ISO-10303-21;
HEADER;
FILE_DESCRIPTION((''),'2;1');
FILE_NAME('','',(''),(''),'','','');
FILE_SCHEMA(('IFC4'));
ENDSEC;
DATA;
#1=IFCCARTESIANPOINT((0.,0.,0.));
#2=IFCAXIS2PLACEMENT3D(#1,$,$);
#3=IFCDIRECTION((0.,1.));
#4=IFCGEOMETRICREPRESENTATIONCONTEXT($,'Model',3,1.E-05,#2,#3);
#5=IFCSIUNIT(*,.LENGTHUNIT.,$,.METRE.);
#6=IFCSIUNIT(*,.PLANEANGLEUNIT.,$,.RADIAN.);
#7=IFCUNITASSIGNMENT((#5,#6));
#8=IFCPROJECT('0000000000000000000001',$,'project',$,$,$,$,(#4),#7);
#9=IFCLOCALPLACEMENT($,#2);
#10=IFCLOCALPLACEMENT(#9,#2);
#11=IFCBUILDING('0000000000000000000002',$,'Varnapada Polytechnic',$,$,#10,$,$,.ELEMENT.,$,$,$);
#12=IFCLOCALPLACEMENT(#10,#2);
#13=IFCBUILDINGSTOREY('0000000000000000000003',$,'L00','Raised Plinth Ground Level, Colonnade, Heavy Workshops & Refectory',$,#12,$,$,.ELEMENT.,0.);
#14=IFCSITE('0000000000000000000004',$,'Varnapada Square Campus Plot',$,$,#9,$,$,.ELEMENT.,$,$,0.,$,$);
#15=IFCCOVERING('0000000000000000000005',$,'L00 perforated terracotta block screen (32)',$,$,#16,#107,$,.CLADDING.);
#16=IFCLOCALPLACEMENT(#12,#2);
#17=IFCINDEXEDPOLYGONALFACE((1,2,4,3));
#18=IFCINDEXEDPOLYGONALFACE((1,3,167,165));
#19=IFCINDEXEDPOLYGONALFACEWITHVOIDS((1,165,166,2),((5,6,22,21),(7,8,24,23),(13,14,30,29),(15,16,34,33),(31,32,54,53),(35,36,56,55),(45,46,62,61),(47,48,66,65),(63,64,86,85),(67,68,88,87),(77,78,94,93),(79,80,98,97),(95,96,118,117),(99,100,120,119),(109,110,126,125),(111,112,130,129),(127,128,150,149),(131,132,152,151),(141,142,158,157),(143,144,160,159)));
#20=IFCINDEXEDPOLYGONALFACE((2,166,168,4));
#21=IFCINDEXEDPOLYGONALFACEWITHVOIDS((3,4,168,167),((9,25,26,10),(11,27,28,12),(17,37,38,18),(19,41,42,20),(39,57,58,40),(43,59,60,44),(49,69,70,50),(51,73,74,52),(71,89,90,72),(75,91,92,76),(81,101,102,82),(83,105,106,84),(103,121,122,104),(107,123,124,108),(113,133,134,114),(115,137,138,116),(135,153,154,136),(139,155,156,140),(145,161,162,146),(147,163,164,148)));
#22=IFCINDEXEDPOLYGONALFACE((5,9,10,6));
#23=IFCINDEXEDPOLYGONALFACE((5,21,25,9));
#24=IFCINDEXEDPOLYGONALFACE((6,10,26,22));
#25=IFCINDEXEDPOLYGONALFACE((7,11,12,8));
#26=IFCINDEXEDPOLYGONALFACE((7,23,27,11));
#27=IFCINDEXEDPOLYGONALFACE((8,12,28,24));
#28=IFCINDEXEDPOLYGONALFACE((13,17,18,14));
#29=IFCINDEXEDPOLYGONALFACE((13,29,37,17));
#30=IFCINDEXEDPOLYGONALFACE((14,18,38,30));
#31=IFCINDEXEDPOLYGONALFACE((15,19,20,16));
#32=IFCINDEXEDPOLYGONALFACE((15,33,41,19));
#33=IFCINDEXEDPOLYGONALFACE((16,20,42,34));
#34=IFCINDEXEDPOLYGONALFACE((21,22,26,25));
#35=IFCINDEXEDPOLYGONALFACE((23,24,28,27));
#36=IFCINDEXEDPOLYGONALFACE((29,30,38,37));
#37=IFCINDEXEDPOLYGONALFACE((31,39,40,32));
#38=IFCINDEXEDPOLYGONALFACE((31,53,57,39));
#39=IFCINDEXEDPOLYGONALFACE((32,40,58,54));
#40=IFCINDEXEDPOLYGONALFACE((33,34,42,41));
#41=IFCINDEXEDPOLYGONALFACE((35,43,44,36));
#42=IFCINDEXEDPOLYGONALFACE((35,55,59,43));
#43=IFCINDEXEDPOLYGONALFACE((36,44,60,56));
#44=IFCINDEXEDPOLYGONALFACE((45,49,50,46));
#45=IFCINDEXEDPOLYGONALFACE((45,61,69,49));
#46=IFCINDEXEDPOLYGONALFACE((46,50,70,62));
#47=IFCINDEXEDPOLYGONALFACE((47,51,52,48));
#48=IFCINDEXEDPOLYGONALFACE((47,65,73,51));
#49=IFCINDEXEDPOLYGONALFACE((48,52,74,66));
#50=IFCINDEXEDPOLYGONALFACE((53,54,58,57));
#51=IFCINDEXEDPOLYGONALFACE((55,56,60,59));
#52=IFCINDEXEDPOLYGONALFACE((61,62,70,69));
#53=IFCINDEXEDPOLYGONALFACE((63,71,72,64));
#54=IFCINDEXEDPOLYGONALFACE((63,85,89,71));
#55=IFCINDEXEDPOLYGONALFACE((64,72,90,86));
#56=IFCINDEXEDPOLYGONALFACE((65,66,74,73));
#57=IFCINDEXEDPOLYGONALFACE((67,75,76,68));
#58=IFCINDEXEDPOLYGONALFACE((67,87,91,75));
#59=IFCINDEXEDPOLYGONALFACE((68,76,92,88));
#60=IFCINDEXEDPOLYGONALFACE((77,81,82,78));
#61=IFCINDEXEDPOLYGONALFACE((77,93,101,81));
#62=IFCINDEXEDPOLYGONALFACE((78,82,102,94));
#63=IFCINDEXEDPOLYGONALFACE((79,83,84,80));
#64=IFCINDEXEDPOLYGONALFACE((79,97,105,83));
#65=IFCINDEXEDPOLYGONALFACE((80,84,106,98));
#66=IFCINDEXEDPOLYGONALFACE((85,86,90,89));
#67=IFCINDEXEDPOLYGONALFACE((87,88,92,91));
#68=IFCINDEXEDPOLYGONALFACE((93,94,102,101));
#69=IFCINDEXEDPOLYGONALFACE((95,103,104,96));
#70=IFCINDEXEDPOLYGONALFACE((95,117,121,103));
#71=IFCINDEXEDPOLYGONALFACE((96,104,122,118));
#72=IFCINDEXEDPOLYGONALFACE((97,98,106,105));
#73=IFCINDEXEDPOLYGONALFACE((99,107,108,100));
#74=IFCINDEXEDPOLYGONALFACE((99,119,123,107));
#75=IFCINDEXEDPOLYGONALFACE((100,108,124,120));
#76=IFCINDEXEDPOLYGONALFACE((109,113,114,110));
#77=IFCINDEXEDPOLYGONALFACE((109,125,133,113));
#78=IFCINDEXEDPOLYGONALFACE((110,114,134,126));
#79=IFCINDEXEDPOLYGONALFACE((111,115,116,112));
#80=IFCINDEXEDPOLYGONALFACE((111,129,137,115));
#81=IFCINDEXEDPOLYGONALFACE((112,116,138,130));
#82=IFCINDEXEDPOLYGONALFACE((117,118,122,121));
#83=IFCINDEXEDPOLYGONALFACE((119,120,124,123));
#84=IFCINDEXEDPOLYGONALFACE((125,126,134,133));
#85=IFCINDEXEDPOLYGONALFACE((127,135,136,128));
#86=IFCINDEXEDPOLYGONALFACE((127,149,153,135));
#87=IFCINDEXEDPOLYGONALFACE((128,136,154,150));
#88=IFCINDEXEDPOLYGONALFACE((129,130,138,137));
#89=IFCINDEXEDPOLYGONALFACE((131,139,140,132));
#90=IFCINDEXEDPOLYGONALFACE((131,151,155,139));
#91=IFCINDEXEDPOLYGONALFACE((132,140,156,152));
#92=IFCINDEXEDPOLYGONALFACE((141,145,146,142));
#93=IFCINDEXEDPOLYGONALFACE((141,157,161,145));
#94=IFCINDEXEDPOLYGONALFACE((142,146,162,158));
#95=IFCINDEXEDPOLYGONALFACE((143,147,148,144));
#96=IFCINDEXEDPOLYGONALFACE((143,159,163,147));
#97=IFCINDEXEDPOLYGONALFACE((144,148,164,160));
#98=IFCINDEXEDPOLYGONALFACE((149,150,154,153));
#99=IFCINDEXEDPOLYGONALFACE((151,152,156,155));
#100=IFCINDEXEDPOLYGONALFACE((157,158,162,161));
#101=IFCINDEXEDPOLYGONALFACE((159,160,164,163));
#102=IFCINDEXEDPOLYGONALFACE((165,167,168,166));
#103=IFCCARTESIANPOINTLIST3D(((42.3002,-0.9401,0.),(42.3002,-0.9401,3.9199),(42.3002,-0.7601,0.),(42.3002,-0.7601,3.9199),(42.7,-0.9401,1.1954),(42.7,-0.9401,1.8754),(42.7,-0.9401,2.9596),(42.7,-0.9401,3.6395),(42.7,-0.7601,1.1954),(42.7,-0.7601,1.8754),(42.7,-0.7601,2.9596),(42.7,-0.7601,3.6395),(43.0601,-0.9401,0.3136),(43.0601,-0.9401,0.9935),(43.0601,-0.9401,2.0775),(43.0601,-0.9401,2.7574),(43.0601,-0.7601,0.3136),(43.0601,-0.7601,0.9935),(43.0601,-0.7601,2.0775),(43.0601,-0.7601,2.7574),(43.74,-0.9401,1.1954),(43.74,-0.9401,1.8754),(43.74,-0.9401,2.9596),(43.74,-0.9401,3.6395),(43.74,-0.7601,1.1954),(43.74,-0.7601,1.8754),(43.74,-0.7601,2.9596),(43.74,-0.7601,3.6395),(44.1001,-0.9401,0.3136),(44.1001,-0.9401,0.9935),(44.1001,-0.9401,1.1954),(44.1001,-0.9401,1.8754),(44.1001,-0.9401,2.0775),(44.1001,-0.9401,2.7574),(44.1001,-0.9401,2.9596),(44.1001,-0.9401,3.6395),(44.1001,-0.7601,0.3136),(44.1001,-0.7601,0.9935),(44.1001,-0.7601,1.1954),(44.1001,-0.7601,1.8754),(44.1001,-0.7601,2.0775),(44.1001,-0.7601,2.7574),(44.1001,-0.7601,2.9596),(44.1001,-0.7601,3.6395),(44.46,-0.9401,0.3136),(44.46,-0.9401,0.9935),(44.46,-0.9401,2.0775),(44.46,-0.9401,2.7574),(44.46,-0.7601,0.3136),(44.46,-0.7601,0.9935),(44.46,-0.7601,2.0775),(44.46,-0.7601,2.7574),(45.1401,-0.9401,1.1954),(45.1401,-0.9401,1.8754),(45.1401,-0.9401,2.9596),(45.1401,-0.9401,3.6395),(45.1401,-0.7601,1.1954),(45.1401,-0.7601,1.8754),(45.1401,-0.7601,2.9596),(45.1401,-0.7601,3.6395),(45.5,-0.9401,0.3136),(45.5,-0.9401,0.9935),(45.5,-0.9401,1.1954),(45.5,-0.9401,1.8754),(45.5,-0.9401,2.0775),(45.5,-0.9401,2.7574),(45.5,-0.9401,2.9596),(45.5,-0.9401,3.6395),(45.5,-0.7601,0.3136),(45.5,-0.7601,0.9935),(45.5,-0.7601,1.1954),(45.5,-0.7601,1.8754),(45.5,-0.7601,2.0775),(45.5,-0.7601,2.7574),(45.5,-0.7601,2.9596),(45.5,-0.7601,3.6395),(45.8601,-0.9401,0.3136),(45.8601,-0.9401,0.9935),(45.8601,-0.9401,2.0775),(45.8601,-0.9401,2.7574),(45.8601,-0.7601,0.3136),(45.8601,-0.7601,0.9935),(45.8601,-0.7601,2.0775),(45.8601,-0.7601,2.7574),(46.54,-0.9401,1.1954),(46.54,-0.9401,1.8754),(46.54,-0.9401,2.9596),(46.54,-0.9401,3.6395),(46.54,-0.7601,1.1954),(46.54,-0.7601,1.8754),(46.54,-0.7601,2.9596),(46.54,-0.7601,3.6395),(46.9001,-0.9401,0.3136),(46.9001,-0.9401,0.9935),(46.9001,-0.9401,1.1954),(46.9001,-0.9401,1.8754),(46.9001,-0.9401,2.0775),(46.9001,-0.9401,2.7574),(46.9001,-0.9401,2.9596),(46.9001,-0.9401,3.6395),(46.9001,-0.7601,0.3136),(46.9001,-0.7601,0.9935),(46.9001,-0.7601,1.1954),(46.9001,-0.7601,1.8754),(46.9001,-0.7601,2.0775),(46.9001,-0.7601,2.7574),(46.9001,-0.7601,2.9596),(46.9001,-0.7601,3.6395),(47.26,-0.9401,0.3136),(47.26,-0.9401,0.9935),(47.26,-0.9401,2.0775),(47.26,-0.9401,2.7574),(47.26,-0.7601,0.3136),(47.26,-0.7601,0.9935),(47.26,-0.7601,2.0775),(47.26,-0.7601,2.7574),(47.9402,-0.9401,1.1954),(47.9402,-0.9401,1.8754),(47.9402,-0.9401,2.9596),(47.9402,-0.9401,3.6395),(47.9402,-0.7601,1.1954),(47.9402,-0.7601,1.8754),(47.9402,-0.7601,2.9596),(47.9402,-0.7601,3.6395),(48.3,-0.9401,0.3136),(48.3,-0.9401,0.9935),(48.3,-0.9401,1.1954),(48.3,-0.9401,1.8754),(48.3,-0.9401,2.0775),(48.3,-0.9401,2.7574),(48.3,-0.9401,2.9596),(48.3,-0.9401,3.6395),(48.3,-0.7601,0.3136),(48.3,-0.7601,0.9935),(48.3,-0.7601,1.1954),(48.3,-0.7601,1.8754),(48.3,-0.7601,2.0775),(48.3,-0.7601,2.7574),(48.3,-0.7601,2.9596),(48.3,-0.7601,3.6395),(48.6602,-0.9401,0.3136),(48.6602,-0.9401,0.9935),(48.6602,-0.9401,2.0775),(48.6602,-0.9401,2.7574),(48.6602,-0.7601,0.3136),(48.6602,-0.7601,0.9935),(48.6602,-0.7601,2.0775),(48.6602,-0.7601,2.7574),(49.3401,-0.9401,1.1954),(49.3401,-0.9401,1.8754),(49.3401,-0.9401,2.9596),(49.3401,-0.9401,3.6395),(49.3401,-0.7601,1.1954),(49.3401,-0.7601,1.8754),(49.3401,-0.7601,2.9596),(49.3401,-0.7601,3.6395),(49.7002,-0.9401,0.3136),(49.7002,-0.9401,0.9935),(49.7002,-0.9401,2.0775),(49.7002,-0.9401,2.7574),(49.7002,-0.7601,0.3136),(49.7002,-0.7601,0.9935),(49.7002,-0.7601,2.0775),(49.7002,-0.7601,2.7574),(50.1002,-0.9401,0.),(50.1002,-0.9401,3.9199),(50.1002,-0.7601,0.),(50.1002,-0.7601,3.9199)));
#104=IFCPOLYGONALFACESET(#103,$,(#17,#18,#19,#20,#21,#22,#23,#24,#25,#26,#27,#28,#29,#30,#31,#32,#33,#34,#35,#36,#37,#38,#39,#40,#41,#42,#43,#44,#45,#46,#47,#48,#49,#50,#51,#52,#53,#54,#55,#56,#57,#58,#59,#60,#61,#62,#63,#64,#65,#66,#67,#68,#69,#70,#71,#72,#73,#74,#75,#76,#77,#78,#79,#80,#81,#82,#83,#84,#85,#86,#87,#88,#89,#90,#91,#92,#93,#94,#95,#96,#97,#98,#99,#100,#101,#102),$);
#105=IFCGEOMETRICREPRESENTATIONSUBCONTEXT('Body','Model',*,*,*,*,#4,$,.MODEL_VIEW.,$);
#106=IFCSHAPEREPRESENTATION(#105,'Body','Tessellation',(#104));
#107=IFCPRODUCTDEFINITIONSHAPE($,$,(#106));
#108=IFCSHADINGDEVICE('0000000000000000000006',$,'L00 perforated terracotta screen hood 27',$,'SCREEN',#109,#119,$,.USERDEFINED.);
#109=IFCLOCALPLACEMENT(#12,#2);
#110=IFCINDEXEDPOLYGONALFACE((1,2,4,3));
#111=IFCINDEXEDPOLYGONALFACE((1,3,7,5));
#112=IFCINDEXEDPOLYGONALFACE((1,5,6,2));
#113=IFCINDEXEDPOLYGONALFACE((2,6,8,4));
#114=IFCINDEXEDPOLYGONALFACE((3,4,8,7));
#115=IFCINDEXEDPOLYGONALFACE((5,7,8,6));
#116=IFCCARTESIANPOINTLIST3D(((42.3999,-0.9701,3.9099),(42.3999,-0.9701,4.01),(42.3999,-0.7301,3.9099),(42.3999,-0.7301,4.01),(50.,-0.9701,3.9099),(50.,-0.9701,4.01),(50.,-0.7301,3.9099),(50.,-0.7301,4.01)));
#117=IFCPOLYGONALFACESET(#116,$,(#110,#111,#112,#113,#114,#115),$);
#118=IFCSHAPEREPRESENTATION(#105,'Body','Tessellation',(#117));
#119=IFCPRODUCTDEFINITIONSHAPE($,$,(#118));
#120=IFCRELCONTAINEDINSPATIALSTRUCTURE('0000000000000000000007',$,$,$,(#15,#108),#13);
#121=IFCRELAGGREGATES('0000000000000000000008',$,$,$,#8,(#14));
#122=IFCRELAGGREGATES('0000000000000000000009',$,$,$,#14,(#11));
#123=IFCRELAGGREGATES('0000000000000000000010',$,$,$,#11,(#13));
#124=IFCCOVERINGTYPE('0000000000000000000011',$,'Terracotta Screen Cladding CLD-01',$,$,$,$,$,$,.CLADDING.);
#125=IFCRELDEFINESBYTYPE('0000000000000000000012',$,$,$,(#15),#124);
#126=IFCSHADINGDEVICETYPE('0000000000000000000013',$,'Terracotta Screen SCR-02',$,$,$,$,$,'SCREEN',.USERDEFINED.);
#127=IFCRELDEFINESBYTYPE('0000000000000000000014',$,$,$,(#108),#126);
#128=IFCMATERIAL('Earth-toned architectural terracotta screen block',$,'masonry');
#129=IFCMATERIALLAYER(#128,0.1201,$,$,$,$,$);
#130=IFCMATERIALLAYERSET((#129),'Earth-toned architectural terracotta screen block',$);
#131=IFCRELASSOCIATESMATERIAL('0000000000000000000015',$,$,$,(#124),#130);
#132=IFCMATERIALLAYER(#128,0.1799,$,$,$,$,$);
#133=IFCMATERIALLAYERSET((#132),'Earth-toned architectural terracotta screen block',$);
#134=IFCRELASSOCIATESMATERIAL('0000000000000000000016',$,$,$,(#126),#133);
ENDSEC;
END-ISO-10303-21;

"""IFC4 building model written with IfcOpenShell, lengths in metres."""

from ifc_helpers import new_model, si_unit, direction, frame, frame_2d, origin, origin_2d, place, context, subcontext, project, spatial, rectangle, extrude, material, layer, layer_set, type_object, element, save


model = new_model("IFC4")

# Units and contexts
model_context = context("Model", 3, precision=1e-05, world=origin(), true_north=direction((0.0, 1.0)))
body_context = subcontext(model_context, "Body", "Model", "MODEL_VIEW")
ifc_project = project(units=[si_unit("LENGTHUNIT", "METRE"), si_unit("PLANEANGLEUNIT", "RADIAN")], contexts=[model_context])

# Site, building, storey
site_placement = place(None, origin())
site = spatial("IfcSite", under=ifc_project, at=site_placement, Name="Varnapada Square Campus Plot", CompositionType="ELEMENT", RefElevation=0.0)
building_placement = place(site_placement, origin())
building = spatial("IfcBuilding", under=site, at=building_placement, Name="Varnapada Polytechnic", CompositionType="ELEMENT")
storey_placement = place(building_placement, origin())
storey = spatial("IfcBuildingStorey", under=building, at=storey_placement, Name="L00", Description="Raised Plinth Ground Level, Colonnade, Heavy Workshops & Refectory", CompositionType="ELEMENT", Elevation=0.0)

# Covering, openings
ifc_material_1 = material(Name="Earth-toned architectural terracotta screen block", Category="masonry")
ifc_layer_1 = layer(ifc_material_1, 0.1201)
ifc_layer_set_1 = layer_set([ifc_layer_1], Name="Earth-toned architectural terracotta screen block")
covering_type_1 = type_object("IfcCoveringType", Name="Terracotta Screen Cladding CLD-01", PredefinedType="CLADDING", material=ifc_layer_set_1)
covering_1_placement = place(storey_placement, frame((50.1001, -0.8501, 0.0), z_axis=(0.0, 0.0, 1.0), x_axis=(-1.0, 0.0, 0.0)))
covering_1 = element("IfcCovering", 1, at=covering_1_placement, inside=storey, type_object=covering_type_1, Name="L00 perforated terracotta block screen (32)", PredefinedType="CLADDING", context=body_context, shape_type="SweptSolid", body=[
    extrude(rectangle(XDim=7.8, YDim=0.1799, at=frame_2d((3.8999, 0.0))), origin(), (0.0, 0.0, 1.0), 3.9199),
])
opening_1_placement = place(covering_1_placement, frame((0.3999, 0.0, 0.3137)))
element("IfcOpeningElement", 2, at=opening_1_placement, cuts=covering_1, PredefinedType="OPENING", context=body_context, shape_type="SweptSolid", body=[
    extrude(rectangle(XDim=1.04, YDim=0.6799, at=frame_2d((0.52, 0.3398))), frame((0.0, 0.0999, 0.0), z_axis=(0.0, -1.0, 0.0), x_axis=(1.0, 0.0, 0.0)), (0.0, 0.0, 1.0), 0.2),
])
opening_2_placement = place(covering_1_placement, frame((1.8, 0.0, 0.3137)))
element("IfcOpeningElement", 3, at=opening_2_placement, cuts=covering_1, PredefinedType="OPENING", context=body_context, shape_type="SweptSolid", body=[
    extrude(rectangle(XDim=1.04, YDim=0.6799, at=frame_2d((0.52, 0.3398))), frame((0.0, 0.0999, 0.0), z_axis=(0.0, -1.0, 0.0), x_axis=(1.0, 0.0, 0.0)), (0.0, 0.0, 1.0), 0.2),
])
opening_3_placement = place(covering_1_placement, frame((3.2, 0.0, 0.3137)))
element("IfcOpeningElement", 4, at=opening_3_placement, cuts=covering_1, PredefinedType="OPENING", context=body_context, shape_type="SweptSolid", body=[
    extrude(rectangle(XDim=1.04, YDim=0.6799, at=frame_2d((0.52, 0.3398))), frame((0.0, 0.0999, 0.0), z_axis=(0.0, -1.0, 0.0), x_axis=(1.0, 0.0, 0.0)), (0.0, 0.0, 1.0), 0.2),
])
opening_4_placement = place(covering_1_placement, frame((4.6001, 0.0, 0.3137)))
element("IfcOpeningElement", 5, at=opening_4_placement, cuts=covering_1, PredefinedType="OPENING", context=body_context, shape_type="SweptSolid", body=[
    extrude(rectangle(XDim=1.04, YDim=0.6799, at=frame_2d((0.52, 0.3398))), frame((0.0, 0.0999, 0.0), z_axis=(0.0, -1.0, 0.0), x_axis=(1.0, 0.0, 0.0)), (0.0, 0.0, 1.0), 0.2),
])
opening_5_placement = place(covering_1_placement, frame((6.0, 0.0, 0.3137)))
element("IfcOpeningElement", 6, at=opening_5_placement, cuts=covering_1, PredefinedType="OPENING", context=body_context, shape_type="SweptSolid", body=[
    extrude(rectangle(XDim=1.04, YDim=0.6799, at=frame_2d((0.52, 0.3398))), frame((0.0, 0.0999, 0.0), z_axis=(0.0, -1.0, 0.0), x_axis=(1.0, 0.0, 0.0)), (0.0, 0.0, 1.0), 0.2),
])
opening_6_placement = place(covering_1_placement, frame((0.76, 0.0, 1.1956)))
element("IfcOpeningElement", 7, at=opening_6_placement, cuts=covering_1, PredefinedType="OPENING", context=body_context, shape_type="SweptSolid", body=[
    extrude(rectangle(XDim=1.04, YDim=0.6799, at=frame_2d((0.52, 0.3398))), frame((0.0, 0.0999, 0.0), z_axis=(0.0, -1.0, 0.0), x_axis=(1.0, 0.0, 0.0)), (0.0, 0.0, 1.0), 0.2),
])
opening_7_placement = place(covering_1_placement, frame((2.1599, 0.0, 1.1956)))
element("IfcOpeningElement", 8, at=opening_7_placement, cuts=covering_1, PredefinedType="OPENING", context=body_context, shape_type="SweptSolid", body=[
    extrude(rectangle(XDim=1.04, YDim=0.6799, at=frame_2d((0.52, 0.3398))), frame((0.0, 0.0999, 0.0), z_axis=(0.0, -1.0, 0.0), x_axis=(1.0, 0.0, 0.0)), (0.0, 0.0, 1.0), 0.2),
])
opening_8_placement = place(covering_1_placement, frame((3.5601, 0.0, 1.1956)))
element("IfcOpeningElement", 9, at=opening_8_placement, cuts=covering_1, PredefinedType="OPENING", context=body_context, shape_type="SweptSolid", body=[
    extrude(rectangle(XDim=1.04, YDim=0.6799, at=frame_2d((0.52, 0.3398))), frame((0.0, 0.0999, 0.0), z_axis=(0.0, -1.0, 0.0), x_axis=(1.0, 0.0, 0.0)), (0.0, 0.0, 1.0), 0.2),
])
opening_9_placement = place(covering_1_placement, frame((4.96, 0.0, 1.1956)))
element("IfcOpeningElement", 10, at=opening_9_placement, cuts=covering_1, PredefinedType="OPENING", context=body_context, shape_type="SweptSolid", body=[
    extrude(rectangle(XDim=1.04, YDim=0.6799, at=frame_2d((0.52, 0.3398))), frame((0.0, 0.0999, 0.0), z_axis=(0.0, -1.0, 0.0), x_axis=(1.0, 0.0, 0.0)), (0.0, 0.0, 1.0), 0.2),
])
opening_10_placement = place(covering_1_placement, frame((6.3601, 0.0, 1.1956)))
element("IfcOpeningElement", 11, at=opening_10_placement, cuts=covering_1, PredefinedType="OPENING", context=body_context, shape_type="SweptSolid", body=[
    extrude(rectangle(XDim=1.04, YDim=0.6799, at=frame_2d((0.52, 0.3398))), frame((0.0, 0.0999, 0.0), z_axis=(0.0, -1.0, 0.0), x_axis=(1.0, 0.0, 0.0)), (0.0, 0.0, 1.0), 0.2),
])
opening_11_placement = place(covering_1_placement, frame((0.3999, 0.0, 2.0776)))
element("IfcOpeningElement", 12, at=opening_11_placement, cuts=covering_1, PredefinedType="OPENING", context=body_context, shape_type="SweptSolid", body=[
    extrude(rectangle(XDim=1.04, YDim=0.6799, at=frame_2d((0.52, 0.3398))), frame((0.0, 0.0999, 0.0), z_axis=(0.0, -1.0, 0.0), x_axis=(1.0, 0.0, 0.0)), (0.0, 0.0, 1.0), 0.2),
])
opening_12_placement = place(covering_1_placement, frame((1.8, 0.0, 2.0776)))
element("IfcOpeningElement", 13, at=opening_12_placement, cuts=covering_1, PredefinedType="OPENING", context=body_context, shape_type="SweptSolid", body=[
    extrude(rectangle(XDim=1.04, YDim=0.6799, at=frame_2d((0.52, 0.3398))), frame((0.0, 0.0999, 0.0), z_axis=(0.0, -1.0, 0.0), x_axis=(1.0, 0.0, 0.0)), (0.0, 0.0, 1.0), 0.2),
])
opening_13_placement = place(covering_1_placement, frame((3.2, 0.0, 2.0776)))
element("IfcOpeningElement", 14, at=opening_13_placement, cuts=covering_1, PredefinedType="OPENING", context=body_context, shape_type="SweptSolid", body=[
    extrude(rectangle(XDim=1.04, YDim=0.6799, at=frame_2d((0.52, 0.3398))), frame((0.0, 0.0999, 0.0), z_axis=(0.0, -1.0, 0.0), x_axis=(1.0, 0.0, 0.0)), (0.0, 0.0, 1.0), 0.2),
])
opening_14_placement = place(covering_1_placement, frame((4.6001, 0.0, 2.0776)))
element("IfcOpeningElement", 15, at=opening_14_placement, cuts=covering_1, PredefinedType="OPENING", context=body_context, shape_type="SweptSolid", body=[
    extrude(rectangle(XDim=1.04, YDim=0.6799, at=frame_2d((0.52, 0.3398))), frame((0.0, 0.0999, 0.0), z_axis=(0.0, -1.0, 0.0), x_axis=(1.0, 0.0, 0.0)), (0.0, 0.0, 1.0), 0.2),
])
opening_15_placement = place(covering_1_placement, frame((6.0, 0.0, 2.0776)))
element("IfcOpeningElement", 16, at=opening_15_placement, cuts=covering_1, PredefinedType="OPENING", context=body_context, shape_type="SweptSolid", body=[
    extrude(rectangle(XDim=1.04, YDim=0.6799, at=frame_2d((0.52, 0.3398))), frame((0.0, 0.0999, 0.0), z_axis=(0.0, -1.0, 0.0), x_axis=(1.0, 0.0, 0.0)), (0.0, 0.0, 1.0), 0.2),
])
opening_16_placement = place(covering_1_placement, frame((0.76, 0.0, 2.9597)))
element("IfcOpeningElement", 17, at=opening_16_placement, cuts=covering_1, PredefinedType="OPENING", context=body_context, shape_type="SweptSolid", body=[
    extrude(rectangle(XDim=1.04, YDim=0.6799, at=frame_2d((0.52, 0.3398))), frame((0.0, 0.0999, 0.0), z_axis=(0.0, -1.0, 0.0), x_axis=(1.0, 0.0, 0.0)), (0.0, 0.0, 1.0), 0.2),
])
opening_17_placement = place(covering_1_placement, frame((2.1599, 0.0, 2.9597)))
element("IfcOpeningElement", 18, at=opening_17_placement, cuts=covering_1, PredefinedType="OPENING", context=body_context, shape_type="SweptSolid", body=[
    extrude(rectangle(XDim=1.04, YDim=0.6799, at=frame_2d((0.52, 0.3398))), frame((0.0, 0.0999, 0.0), z_axis=(0.0, -1.0, 0.0), x_axis=(1.0, 0.0, 0.0)), (0.0, 0.0, 1.0), 0.2),
])
opening_18_placement = place(covering_1_placement, frame((3.5601, 0.0, 2.9597)))
element("IfcOpeningElement", 19, at=opening_18_placement, cuts=covering_1, PredefinedType="OPENING", context=body_context, shape_type="SweptSolid", body=[
    extrude(rectangle(XDim=1.04, YDim=0.6799, at=frame_2d((0.52, 0.3398))), frame((0.0, 0.0999, 0.0), z_axis=(0.0, -1.0, 0.0), x_axis=(1.0, 0.0, 0.0)), (0.0, 0.0, 1.0), 0.2),
])
opening_19_placement = place(covering_1_placement, frame((4.96, 0.0, 2.9597)))
element("IfcOpeningElement", 20, at=opening_19_placement, cuts=covering_1, PredefinedType="OPENING", context=body_context, shape_type="SweptSolid", body=[
    extrude(rectangle(XDim=1.04, YDim=0.6799, at=frame_2d((0.52, 0.3398))), frame((0.0, 0.0999, 0.0), z_axis=(0.0, -1.0, 0.0), x_axis=(1.0, 0.0, 0.0)), (0.0, 0.0, 1.0), 0.2),
])
opening_20_placement = place(covering_1_placement, frame((6.3601, 0.0, 2.9597)))
element("IfcOpeningElement", 21, at=opening_20_placement, cuts=covering_1, PredefinedType="OPENING", context=body_context, shape_type="SweptSolid", body=[
    extrude(rectangle(XDim=1.04, YDim=0.6799, at=frame_2d((0.52, 0.3398))), frame((0.0, 0.0999, 0.0), z_axis=(0.0, -1.0, 0.0), x_axis=(1.0, 0.0, 0.0)), (0.0, 0.0, 1.0), 0.2),
])

# Shading device
ifc_layer_2 = layer(ifc_material_1, 0.1799)
ifc_layer_set_2 = layer_set([ifc_layer_2], Name="Earth-toned architectural terracotta screen block")
shading_device_type = type_object("IfcShadingDeviceType", Name="Terracotta Screen SCR-02", ElementType="SCREEN", PredefinedType="USERDEFINED", material=ifc_layer_set_2)
shading_device_placement = place(storey_placement, frame((46.2, -0.8501, 3.9099), z_axis=(0.0, 0.0, 1.0), x_axis=(-1.0, 0.0, 0.0)))
element("IfcShadingDevice", 22, at=shading_device_placement, inside=storey, type_object=shading_device_type, Name="L00 perforated terracotta screen hood 27", ObjectType="SCREEN", PredefinedType="USERDEFINED", context=body_context, shape_type="SweptSolid", body=[
    extrude(rectangle(XDim=7.6001, YDim=0.24, at=origin_2d()), origin(), (0.0, 0.0, 1.0), 0.1001),
])

save(model, "model.ifc")
